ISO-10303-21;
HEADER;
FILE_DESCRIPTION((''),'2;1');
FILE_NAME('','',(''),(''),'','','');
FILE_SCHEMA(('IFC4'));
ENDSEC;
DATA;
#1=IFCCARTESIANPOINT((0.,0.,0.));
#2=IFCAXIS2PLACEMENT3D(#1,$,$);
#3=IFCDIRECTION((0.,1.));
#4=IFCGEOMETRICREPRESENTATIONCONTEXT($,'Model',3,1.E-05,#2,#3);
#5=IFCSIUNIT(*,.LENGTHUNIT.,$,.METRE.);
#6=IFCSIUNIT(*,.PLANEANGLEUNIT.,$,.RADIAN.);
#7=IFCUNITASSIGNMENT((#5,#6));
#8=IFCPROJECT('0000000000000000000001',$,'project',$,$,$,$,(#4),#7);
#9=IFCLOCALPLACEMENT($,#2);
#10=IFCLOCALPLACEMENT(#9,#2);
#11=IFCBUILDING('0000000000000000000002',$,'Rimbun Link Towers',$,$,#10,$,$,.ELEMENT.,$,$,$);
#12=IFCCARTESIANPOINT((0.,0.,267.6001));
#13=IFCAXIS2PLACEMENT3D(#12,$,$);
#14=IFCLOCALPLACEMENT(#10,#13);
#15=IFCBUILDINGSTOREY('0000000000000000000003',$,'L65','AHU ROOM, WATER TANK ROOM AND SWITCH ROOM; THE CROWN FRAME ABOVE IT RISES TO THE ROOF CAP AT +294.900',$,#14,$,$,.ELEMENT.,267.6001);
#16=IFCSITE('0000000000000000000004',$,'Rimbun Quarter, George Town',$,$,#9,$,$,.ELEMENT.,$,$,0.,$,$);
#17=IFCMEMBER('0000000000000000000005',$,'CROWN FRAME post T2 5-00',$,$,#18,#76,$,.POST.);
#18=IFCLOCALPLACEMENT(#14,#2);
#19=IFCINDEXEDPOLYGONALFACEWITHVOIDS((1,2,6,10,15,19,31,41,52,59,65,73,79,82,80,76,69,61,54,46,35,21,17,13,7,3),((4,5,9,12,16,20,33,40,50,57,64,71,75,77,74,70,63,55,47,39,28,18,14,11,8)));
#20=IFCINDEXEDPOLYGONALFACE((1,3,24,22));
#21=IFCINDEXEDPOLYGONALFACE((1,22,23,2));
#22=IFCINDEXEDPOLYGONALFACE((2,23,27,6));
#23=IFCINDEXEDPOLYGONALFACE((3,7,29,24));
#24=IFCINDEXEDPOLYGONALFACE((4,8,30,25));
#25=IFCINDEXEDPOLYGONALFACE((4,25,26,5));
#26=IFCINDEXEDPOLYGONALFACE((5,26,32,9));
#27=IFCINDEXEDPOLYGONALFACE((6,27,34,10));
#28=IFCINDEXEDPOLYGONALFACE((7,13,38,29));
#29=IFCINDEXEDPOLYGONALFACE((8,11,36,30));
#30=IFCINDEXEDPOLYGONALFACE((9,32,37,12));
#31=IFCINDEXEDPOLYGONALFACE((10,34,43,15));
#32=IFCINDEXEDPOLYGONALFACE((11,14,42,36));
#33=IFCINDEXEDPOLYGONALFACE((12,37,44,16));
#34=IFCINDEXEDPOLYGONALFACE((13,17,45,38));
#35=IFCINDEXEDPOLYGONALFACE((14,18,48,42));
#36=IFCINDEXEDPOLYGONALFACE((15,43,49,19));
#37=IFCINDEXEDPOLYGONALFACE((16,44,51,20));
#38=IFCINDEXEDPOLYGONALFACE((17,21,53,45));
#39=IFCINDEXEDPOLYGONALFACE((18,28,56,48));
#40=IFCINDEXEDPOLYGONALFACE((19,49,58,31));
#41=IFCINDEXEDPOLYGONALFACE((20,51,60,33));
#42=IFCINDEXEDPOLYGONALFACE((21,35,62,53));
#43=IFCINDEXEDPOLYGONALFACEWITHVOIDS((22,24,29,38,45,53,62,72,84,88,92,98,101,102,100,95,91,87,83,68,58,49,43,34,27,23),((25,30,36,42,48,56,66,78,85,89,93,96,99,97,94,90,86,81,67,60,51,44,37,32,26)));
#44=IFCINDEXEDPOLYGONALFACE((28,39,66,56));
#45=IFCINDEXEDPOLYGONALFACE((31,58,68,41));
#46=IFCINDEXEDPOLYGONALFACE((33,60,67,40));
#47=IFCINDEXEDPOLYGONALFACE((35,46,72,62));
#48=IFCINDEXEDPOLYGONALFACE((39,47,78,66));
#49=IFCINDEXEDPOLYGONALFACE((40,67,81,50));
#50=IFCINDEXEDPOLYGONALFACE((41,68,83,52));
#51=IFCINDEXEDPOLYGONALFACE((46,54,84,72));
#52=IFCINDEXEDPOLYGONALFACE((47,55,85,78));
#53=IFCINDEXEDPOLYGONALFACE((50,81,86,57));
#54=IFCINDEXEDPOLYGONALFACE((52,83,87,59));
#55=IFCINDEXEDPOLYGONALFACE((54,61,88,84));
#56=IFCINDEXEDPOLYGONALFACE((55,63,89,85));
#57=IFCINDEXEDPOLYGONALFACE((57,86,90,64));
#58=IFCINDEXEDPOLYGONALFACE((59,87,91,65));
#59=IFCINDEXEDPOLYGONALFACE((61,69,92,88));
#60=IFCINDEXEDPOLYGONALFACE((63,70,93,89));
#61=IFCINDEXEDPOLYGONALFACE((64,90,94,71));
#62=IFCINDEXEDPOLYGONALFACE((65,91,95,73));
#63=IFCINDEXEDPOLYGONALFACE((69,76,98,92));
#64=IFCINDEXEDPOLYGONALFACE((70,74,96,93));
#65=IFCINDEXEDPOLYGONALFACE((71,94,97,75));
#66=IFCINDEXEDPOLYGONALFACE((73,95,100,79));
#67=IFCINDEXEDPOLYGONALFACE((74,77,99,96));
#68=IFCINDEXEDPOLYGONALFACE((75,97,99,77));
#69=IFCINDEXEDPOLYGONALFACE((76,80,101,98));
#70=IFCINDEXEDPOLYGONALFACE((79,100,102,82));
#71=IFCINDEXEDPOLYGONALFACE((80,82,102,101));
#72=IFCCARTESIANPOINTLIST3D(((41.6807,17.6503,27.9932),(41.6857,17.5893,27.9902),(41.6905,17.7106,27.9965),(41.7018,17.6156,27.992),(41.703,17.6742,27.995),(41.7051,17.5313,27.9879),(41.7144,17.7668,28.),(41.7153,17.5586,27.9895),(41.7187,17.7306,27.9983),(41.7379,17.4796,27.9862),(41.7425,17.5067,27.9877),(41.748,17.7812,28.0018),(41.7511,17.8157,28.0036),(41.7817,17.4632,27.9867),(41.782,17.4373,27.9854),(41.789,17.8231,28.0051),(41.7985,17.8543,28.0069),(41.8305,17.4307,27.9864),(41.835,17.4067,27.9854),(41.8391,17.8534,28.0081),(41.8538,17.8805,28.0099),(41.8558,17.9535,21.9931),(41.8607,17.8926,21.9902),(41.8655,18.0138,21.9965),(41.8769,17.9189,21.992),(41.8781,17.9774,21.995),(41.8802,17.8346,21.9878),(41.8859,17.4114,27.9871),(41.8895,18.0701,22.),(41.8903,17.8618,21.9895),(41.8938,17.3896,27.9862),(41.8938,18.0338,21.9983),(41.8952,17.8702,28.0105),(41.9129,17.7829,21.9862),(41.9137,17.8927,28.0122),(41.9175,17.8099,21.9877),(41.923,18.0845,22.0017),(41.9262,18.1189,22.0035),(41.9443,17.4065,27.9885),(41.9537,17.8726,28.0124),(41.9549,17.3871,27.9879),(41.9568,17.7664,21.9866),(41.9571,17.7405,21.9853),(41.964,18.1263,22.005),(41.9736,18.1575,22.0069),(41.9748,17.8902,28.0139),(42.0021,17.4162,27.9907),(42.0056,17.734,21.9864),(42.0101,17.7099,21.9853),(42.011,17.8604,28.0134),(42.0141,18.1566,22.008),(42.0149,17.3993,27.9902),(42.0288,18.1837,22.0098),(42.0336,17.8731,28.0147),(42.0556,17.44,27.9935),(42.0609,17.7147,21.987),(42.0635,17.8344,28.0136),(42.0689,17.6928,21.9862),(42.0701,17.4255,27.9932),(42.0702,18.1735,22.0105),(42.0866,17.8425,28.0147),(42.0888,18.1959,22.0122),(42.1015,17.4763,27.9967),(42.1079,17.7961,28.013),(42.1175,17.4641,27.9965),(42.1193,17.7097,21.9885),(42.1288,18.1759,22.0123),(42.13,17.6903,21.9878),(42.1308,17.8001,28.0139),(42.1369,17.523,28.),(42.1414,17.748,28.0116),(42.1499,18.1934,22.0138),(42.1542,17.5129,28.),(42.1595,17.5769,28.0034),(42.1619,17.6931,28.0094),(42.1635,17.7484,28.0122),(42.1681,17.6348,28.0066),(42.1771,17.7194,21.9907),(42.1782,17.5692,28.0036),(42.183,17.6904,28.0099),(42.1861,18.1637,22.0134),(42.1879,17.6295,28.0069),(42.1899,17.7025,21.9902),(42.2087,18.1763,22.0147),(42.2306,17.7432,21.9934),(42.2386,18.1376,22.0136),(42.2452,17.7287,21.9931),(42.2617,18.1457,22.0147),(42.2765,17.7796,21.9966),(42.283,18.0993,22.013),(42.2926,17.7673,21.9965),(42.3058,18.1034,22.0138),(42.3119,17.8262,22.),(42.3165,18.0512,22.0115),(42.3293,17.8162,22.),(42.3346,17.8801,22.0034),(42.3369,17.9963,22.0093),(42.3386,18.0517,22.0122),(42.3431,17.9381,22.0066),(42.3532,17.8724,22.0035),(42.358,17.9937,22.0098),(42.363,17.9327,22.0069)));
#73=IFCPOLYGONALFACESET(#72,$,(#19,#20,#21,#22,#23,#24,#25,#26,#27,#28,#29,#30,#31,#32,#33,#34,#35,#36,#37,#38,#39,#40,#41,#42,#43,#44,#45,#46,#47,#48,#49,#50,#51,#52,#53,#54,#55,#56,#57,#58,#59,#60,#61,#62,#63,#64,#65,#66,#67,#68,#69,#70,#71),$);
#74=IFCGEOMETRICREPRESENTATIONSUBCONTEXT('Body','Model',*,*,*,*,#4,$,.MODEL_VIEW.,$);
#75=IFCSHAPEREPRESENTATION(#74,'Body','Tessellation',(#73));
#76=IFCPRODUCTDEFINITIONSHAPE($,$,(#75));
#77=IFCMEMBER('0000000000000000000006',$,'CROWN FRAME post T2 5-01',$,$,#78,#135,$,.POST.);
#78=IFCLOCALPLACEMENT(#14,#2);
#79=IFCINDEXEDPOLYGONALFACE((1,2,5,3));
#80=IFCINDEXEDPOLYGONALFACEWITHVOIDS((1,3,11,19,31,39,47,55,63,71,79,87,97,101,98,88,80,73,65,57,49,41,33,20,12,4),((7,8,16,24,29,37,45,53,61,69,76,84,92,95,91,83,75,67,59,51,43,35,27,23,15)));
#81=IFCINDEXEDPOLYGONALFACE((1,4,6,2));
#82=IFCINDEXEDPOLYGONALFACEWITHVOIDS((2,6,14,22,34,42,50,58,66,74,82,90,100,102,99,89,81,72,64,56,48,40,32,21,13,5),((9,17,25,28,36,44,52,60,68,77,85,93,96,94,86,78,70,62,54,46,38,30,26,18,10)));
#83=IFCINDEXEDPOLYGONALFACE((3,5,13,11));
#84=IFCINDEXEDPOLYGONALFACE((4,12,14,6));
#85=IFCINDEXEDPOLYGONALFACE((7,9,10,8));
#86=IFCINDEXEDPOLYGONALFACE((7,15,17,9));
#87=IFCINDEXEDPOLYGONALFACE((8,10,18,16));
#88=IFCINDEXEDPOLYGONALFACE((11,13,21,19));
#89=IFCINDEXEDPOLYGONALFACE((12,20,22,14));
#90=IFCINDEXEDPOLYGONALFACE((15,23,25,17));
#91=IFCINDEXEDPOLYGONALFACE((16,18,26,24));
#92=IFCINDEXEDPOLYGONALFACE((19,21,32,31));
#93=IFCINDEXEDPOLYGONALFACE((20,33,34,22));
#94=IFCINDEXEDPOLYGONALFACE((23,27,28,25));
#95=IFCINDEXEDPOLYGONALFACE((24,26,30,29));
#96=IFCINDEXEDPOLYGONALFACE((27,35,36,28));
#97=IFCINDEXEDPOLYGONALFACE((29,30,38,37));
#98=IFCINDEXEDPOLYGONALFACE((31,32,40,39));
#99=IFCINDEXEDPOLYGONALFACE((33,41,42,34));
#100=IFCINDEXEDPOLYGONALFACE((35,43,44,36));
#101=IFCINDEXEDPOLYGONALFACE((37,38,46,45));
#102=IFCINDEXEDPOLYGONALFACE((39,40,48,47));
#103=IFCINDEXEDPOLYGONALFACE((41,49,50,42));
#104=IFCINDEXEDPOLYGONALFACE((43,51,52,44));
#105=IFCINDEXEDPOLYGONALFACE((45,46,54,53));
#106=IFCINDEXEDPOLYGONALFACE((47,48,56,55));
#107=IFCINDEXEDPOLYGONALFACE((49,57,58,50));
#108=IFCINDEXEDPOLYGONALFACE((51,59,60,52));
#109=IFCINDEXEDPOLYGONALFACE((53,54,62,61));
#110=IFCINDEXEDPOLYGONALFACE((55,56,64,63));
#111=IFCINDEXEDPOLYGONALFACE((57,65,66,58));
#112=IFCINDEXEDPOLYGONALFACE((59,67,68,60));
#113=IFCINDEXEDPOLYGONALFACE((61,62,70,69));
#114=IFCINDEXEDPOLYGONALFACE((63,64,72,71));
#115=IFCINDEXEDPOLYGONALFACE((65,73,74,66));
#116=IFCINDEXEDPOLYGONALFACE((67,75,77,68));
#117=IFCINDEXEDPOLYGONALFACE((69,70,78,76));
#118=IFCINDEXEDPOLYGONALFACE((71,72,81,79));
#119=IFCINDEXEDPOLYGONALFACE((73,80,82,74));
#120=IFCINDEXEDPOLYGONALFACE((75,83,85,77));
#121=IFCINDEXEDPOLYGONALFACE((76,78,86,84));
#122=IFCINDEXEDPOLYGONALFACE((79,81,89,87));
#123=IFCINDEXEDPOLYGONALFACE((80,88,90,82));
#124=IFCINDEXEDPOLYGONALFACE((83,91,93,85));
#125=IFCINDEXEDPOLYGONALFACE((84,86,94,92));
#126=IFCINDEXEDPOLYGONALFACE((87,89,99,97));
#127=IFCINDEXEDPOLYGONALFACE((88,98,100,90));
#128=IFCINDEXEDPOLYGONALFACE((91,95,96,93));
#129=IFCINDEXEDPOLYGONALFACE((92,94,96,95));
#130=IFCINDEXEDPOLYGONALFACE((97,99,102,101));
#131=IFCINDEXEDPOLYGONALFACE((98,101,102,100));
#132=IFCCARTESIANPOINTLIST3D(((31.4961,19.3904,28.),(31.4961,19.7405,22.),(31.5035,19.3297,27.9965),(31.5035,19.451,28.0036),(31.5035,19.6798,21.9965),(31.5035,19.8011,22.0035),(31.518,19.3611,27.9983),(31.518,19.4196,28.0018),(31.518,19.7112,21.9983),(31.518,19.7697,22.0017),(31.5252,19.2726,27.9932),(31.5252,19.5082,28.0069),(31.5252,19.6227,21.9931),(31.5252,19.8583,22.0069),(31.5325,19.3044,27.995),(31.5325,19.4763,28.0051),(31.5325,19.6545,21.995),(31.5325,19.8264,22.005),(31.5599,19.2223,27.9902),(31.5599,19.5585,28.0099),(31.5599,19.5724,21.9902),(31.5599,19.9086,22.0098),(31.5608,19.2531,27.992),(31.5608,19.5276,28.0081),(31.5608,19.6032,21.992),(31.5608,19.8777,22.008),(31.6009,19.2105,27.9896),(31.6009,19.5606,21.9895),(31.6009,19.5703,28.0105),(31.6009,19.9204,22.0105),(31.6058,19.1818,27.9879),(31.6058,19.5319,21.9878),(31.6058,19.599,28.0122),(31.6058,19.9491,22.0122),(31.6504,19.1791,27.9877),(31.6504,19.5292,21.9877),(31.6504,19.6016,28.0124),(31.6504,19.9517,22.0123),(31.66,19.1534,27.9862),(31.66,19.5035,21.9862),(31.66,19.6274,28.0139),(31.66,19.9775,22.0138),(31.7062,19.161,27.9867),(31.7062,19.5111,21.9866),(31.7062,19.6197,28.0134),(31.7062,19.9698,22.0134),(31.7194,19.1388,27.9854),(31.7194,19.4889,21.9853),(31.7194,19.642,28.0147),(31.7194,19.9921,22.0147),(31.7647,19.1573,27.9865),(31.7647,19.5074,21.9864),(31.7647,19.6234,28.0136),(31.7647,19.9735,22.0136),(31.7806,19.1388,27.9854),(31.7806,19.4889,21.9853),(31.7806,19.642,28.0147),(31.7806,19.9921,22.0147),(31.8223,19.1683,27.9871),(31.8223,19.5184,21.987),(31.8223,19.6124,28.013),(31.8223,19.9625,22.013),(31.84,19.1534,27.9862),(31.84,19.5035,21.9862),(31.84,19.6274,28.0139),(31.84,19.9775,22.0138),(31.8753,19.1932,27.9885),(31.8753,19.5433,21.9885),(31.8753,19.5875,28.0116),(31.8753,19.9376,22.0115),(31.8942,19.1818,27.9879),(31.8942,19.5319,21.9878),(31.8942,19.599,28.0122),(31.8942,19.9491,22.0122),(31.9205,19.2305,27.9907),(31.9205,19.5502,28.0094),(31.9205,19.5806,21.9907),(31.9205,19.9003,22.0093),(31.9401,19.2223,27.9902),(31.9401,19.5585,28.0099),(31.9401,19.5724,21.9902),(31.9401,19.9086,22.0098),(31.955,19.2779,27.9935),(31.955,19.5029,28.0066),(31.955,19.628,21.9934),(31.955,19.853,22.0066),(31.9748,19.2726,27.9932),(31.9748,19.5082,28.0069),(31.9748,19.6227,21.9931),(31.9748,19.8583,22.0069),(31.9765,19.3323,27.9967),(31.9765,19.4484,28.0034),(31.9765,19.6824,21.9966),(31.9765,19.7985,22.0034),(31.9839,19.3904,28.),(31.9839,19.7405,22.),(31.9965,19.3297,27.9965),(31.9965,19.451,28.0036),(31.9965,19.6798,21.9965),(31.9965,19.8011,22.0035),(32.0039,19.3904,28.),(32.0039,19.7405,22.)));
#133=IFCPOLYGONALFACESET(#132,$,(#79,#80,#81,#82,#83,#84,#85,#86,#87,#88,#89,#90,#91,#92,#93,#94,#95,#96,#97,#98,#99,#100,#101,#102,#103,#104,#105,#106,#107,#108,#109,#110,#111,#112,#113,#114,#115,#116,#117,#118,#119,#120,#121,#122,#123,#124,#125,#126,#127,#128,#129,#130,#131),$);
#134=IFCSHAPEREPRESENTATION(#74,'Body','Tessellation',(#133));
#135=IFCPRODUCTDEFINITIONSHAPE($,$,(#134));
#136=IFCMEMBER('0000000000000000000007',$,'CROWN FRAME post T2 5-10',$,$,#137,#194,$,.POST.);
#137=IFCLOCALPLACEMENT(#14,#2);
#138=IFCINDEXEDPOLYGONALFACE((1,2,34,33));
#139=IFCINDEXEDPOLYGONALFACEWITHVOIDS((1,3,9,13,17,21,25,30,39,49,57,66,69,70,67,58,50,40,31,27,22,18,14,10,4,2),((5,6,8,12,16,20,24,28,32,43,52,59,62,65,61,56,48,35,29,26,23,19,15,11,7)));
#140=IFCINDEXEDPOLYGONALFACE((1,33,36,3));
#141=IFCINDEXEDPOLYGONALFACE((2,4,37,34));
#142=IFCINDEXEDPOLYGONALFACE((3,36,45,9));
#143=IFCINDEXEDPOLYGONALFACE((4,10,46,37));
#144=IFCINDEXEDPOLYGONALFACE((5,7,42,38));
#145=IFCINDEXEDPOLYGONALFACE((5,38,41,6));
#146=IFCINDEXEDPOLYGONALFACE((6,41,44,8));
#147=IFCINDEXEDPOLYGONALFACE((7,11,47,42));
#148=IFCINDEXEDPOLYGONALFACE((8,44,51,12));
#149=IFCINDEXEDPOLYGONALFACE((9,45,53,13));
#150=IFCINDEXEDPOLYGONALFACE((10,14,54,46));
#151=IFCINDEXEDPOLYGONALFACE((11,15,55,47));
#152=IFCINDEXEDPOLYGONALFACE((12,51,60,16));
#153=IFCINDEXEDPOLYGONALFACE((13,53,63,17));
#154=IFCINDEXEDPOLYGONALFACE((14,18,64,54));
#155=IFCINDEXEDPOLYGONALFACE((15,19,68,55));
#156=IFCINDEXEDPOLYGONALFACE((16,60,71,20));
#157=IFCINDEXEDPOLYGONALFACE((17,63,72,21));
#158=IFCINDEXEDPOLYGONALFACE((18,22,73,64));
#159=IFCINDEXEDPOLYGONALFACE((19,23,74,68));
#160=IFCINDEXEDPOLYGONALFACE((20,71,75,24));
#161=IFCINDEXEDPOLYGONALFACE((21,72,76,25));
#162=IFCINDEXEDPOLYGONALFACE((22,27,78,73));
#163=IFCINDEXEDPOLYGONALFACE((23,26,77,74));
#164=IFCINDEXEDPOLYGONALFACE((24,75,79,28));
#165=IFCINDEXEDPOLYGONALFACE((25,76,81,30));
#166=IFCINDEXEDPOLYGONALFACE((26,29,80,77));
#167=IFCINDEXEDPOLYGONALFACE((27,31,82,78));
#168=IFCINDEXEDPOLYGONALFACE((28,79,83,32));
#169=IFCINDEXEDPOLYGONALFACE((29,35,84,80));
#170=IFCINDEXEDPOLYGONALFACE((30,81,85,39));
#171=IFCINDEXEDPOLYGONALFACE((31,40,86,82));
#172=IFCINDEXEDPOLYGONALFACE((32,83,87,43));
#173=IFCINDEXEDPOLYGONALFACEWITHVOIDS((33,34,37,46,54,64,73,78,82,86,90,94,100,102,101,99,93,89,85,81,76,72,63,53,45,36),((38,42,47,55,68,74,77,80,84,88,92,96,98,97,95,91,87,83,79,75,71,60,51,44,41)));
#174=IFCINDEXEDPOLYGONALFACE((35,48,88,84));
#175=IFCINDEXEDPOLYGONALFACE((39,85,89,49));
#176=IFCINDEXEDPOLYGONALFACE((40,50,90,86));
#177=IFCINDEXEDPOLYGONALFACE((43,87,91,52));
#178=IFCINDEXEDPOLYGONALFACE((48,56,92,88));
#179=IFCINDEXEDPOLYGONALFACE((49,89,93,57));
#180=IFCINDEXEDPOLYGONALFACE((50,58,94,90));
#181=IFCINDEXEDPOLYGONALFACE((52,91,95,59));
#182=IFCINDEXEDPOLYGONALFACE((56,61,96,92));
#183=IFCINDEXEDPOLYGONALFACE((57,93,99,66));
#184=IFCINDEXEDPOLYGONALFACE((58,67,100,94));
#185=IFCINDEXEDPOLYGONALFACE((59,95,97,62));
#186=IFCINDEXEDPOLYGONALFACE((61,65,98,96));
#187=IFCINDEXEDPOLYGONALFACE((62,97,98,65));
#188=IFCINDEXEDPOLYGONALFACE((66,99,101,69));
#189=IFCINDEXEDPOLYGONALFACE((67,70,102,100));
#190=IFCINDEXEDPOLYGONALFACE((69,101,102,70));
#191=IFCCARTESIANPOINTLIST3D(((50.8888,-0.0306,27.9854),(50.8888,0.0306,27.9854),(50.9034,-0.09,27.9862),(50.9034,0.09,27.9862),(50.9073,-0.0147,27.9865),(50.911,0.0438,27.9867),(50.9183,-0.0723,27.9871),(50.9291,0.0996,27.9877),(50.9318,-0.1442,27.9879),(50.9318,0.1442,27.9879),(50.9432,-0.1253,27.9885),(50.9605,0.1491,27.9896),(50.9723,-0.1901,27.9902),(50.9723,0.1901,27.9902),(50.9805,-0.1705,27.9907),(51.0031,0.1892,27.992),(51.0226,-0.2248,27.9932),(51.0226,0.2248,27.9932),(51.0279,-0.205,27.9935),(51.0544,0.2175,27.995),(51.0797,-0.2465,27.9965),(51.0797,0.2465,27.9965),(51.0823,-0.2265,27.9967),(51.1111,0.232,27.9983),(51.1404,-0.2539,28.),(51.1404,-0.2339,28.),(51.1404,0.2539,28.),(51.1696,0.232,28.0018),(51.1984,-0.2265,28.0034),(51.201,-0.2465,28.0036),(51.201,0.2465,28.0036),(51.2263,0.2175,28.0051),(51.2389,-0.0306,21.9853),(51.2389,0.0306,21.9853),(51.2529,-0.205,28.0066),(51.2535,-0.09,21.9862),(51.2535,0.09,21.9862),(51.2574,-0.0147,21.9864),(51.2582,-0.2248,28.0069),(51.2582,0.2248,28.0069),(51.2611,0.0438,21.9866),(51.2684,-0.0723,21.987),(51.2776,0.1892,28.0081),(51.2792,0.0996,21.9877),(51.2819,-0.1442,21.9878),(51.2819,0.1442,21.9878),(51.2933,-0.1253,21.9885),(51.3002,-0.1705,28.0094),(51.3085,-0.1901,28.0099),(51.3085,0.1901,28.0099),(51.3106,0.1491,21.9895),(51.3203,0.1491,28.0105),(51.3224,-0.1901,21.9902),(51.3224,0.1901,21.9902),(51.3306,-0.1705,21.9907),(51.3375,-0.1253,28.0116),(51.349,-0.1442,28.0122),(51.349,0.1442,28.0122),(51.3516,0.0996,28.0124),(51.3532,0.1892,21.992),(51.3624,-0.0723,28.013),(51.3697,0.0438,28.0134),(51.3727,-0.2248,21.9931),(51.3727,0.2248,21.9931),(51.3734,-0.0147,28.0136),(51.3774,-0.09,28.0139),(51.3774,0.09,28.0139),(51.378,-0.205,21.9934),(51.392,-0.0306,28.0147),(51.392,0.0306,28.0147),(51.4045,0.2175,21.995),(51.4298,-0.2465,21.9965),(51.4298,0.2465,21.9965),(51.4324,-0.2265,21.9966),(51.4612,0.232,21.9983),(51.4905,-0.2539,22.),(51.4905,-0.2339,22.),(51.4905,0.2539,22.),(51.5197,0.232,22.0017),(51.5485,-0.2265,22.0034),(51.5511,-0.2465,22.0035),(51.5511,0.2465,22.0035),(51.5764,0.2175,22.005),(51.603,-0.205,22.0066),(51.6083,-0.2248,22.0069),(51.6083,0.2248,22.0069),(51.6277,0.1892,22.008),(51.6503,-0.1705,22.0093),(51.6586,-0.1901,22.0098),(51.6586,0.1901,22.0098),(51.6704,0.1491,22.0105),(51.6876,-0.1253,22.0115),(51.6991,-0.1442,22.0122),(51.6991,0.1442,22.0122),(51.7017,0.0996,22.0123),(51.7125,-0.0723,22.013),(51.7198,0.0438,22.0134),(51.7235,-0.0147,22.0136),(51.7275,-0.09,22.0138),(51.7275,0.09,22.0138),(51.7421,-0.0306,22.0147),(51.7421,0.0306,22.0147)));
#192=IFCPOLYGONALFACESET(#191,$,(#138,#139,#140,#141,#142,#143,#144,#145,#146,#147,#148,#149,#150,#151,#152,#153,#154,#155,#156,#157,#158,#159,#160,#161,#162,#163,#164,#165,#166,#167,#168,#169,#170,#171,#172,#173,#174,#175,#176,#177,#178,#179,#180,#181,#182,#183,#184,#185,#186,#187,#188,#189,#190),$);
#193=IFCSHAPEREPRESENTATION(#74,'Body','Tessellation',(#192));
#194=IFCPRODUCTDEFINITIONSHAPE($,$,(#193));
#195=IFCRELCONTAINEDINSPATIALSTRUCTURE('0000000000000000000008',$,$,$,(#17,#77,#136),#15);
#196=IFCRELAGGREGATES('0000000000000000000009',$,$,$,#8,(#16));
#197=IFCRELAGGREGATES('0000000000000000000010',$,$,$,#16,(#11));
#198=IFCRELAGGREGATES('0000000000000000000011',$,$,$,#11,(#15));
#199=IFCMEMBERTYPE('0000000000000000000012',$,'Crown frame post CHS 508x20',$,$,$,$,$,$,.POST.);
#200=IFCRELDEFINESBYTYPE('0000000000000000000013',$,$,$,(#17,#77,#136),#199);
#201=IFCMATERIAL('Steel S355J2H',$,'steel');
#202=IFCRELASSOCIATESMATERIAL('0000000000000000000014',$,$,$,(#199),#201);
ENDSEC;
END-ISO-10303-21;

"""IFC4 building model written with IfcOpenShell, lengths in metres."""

from ifc_helpers import new_model, si_unit, direction, frame, origin, origin_2d, place, context, subcontext, project, spatial, hollow_circle, extrude, material, material_profile, profile_set, type_object, element, save


model = new_model("IFC4")

# Units and contexts
model_context = context("Model", 3, precision=1e-05, world=origin(), true_north=direction((0.0, 1.0)))
body_context = subcontext(model_context, "Body", "Model", "MODEL_VIEW")
ifc_project = project(units=[si_unit("LENGTHUNIT", "METRE"), si_unit("PLANEANGLEUNIT", "RADIAN")], contexts=[model_context])

# Site, building, storey
site_placement = place(None, origin())
site = spatial("IfcSite", under=ifc_project, at=site_placement, Name="Rimbun Quarter, George Town", CompositionType="ELEMENT", RefElevation=0.0)
building_placement = place(site_placement, origin())
building = spatial("IfcBuilding", under=site, at=building_placement, Name="Rimbun Link Towers", CompositionType="ELEMENT")
storey_placement = place(building_placement, frame((0.0, 0.0, 267.6001)))
storey = spatial("IfcBuildingStorey", under=building, at=storey_placement, Name="L65", Description="AHU ROOM, WATER TANK ROOM AND SWITCH ROOM; THE CROWN FRAME ABOVE IT RISES TO THE ROOF CAP AT +294.900", CompositionType="ELEMENT", Elevation=267.6001)

# Members
ifc_material_1 = material(Name="Steel S355J2H", Category="steel")
ifc_material_profile_1 = material_profile(ifc_material_1, hollow_circle(Radius=0.2539, WallThickness=0.02, at=origin_2d()), Name="Crown frame post CHS 508x20")
ifc_profile_set_1 = profile_set([ifc_material_profile_1], Name="Steel S355J2H")
member_type_1 = type_object("IfcMemberType", Name="Crown frame post CHS 508x20", PredefinedType="POST", material=ifc_profile_set_1)
for number, where, z_axis, x_axis, name in (
    (1, (42.1094, 17.9431, 22.0), (-0.029125, -0.050451, 0.998302), (0.866046, -0.499964, 0.0), "CROWN FRAME post T2 5-00"),
    (2, (31.75, 19.7405, 22.0), (0.0, -0.058251, 0.998302), (1.0, 0.0, 0.0), "CROWN FRAME post T2 5-01"),
    (3, (51.4905, 0.0, 22.0), (-0.058251, 0.0, 0.998302), (0.0, -1.0, 0.0), "CROWN FRAME post T2 5-10"),
):
    element("IfcMember", number, at=place(storey_placement, frame(where, z_axis=z_axis, x_axis=x_axis)), inside=storey, type_object=member_type_1, Name=name, PredefinedType="POST", context=body_context, shape_type="SweptSolid", body=[
        extrude(hollow_circle(Radius=0.2539, WallThickness=0.02, at=origin_2d()), origin(), (0.0, 0.0, 1.0), 6.0103),
    ])

save(model, "model.ifc")
